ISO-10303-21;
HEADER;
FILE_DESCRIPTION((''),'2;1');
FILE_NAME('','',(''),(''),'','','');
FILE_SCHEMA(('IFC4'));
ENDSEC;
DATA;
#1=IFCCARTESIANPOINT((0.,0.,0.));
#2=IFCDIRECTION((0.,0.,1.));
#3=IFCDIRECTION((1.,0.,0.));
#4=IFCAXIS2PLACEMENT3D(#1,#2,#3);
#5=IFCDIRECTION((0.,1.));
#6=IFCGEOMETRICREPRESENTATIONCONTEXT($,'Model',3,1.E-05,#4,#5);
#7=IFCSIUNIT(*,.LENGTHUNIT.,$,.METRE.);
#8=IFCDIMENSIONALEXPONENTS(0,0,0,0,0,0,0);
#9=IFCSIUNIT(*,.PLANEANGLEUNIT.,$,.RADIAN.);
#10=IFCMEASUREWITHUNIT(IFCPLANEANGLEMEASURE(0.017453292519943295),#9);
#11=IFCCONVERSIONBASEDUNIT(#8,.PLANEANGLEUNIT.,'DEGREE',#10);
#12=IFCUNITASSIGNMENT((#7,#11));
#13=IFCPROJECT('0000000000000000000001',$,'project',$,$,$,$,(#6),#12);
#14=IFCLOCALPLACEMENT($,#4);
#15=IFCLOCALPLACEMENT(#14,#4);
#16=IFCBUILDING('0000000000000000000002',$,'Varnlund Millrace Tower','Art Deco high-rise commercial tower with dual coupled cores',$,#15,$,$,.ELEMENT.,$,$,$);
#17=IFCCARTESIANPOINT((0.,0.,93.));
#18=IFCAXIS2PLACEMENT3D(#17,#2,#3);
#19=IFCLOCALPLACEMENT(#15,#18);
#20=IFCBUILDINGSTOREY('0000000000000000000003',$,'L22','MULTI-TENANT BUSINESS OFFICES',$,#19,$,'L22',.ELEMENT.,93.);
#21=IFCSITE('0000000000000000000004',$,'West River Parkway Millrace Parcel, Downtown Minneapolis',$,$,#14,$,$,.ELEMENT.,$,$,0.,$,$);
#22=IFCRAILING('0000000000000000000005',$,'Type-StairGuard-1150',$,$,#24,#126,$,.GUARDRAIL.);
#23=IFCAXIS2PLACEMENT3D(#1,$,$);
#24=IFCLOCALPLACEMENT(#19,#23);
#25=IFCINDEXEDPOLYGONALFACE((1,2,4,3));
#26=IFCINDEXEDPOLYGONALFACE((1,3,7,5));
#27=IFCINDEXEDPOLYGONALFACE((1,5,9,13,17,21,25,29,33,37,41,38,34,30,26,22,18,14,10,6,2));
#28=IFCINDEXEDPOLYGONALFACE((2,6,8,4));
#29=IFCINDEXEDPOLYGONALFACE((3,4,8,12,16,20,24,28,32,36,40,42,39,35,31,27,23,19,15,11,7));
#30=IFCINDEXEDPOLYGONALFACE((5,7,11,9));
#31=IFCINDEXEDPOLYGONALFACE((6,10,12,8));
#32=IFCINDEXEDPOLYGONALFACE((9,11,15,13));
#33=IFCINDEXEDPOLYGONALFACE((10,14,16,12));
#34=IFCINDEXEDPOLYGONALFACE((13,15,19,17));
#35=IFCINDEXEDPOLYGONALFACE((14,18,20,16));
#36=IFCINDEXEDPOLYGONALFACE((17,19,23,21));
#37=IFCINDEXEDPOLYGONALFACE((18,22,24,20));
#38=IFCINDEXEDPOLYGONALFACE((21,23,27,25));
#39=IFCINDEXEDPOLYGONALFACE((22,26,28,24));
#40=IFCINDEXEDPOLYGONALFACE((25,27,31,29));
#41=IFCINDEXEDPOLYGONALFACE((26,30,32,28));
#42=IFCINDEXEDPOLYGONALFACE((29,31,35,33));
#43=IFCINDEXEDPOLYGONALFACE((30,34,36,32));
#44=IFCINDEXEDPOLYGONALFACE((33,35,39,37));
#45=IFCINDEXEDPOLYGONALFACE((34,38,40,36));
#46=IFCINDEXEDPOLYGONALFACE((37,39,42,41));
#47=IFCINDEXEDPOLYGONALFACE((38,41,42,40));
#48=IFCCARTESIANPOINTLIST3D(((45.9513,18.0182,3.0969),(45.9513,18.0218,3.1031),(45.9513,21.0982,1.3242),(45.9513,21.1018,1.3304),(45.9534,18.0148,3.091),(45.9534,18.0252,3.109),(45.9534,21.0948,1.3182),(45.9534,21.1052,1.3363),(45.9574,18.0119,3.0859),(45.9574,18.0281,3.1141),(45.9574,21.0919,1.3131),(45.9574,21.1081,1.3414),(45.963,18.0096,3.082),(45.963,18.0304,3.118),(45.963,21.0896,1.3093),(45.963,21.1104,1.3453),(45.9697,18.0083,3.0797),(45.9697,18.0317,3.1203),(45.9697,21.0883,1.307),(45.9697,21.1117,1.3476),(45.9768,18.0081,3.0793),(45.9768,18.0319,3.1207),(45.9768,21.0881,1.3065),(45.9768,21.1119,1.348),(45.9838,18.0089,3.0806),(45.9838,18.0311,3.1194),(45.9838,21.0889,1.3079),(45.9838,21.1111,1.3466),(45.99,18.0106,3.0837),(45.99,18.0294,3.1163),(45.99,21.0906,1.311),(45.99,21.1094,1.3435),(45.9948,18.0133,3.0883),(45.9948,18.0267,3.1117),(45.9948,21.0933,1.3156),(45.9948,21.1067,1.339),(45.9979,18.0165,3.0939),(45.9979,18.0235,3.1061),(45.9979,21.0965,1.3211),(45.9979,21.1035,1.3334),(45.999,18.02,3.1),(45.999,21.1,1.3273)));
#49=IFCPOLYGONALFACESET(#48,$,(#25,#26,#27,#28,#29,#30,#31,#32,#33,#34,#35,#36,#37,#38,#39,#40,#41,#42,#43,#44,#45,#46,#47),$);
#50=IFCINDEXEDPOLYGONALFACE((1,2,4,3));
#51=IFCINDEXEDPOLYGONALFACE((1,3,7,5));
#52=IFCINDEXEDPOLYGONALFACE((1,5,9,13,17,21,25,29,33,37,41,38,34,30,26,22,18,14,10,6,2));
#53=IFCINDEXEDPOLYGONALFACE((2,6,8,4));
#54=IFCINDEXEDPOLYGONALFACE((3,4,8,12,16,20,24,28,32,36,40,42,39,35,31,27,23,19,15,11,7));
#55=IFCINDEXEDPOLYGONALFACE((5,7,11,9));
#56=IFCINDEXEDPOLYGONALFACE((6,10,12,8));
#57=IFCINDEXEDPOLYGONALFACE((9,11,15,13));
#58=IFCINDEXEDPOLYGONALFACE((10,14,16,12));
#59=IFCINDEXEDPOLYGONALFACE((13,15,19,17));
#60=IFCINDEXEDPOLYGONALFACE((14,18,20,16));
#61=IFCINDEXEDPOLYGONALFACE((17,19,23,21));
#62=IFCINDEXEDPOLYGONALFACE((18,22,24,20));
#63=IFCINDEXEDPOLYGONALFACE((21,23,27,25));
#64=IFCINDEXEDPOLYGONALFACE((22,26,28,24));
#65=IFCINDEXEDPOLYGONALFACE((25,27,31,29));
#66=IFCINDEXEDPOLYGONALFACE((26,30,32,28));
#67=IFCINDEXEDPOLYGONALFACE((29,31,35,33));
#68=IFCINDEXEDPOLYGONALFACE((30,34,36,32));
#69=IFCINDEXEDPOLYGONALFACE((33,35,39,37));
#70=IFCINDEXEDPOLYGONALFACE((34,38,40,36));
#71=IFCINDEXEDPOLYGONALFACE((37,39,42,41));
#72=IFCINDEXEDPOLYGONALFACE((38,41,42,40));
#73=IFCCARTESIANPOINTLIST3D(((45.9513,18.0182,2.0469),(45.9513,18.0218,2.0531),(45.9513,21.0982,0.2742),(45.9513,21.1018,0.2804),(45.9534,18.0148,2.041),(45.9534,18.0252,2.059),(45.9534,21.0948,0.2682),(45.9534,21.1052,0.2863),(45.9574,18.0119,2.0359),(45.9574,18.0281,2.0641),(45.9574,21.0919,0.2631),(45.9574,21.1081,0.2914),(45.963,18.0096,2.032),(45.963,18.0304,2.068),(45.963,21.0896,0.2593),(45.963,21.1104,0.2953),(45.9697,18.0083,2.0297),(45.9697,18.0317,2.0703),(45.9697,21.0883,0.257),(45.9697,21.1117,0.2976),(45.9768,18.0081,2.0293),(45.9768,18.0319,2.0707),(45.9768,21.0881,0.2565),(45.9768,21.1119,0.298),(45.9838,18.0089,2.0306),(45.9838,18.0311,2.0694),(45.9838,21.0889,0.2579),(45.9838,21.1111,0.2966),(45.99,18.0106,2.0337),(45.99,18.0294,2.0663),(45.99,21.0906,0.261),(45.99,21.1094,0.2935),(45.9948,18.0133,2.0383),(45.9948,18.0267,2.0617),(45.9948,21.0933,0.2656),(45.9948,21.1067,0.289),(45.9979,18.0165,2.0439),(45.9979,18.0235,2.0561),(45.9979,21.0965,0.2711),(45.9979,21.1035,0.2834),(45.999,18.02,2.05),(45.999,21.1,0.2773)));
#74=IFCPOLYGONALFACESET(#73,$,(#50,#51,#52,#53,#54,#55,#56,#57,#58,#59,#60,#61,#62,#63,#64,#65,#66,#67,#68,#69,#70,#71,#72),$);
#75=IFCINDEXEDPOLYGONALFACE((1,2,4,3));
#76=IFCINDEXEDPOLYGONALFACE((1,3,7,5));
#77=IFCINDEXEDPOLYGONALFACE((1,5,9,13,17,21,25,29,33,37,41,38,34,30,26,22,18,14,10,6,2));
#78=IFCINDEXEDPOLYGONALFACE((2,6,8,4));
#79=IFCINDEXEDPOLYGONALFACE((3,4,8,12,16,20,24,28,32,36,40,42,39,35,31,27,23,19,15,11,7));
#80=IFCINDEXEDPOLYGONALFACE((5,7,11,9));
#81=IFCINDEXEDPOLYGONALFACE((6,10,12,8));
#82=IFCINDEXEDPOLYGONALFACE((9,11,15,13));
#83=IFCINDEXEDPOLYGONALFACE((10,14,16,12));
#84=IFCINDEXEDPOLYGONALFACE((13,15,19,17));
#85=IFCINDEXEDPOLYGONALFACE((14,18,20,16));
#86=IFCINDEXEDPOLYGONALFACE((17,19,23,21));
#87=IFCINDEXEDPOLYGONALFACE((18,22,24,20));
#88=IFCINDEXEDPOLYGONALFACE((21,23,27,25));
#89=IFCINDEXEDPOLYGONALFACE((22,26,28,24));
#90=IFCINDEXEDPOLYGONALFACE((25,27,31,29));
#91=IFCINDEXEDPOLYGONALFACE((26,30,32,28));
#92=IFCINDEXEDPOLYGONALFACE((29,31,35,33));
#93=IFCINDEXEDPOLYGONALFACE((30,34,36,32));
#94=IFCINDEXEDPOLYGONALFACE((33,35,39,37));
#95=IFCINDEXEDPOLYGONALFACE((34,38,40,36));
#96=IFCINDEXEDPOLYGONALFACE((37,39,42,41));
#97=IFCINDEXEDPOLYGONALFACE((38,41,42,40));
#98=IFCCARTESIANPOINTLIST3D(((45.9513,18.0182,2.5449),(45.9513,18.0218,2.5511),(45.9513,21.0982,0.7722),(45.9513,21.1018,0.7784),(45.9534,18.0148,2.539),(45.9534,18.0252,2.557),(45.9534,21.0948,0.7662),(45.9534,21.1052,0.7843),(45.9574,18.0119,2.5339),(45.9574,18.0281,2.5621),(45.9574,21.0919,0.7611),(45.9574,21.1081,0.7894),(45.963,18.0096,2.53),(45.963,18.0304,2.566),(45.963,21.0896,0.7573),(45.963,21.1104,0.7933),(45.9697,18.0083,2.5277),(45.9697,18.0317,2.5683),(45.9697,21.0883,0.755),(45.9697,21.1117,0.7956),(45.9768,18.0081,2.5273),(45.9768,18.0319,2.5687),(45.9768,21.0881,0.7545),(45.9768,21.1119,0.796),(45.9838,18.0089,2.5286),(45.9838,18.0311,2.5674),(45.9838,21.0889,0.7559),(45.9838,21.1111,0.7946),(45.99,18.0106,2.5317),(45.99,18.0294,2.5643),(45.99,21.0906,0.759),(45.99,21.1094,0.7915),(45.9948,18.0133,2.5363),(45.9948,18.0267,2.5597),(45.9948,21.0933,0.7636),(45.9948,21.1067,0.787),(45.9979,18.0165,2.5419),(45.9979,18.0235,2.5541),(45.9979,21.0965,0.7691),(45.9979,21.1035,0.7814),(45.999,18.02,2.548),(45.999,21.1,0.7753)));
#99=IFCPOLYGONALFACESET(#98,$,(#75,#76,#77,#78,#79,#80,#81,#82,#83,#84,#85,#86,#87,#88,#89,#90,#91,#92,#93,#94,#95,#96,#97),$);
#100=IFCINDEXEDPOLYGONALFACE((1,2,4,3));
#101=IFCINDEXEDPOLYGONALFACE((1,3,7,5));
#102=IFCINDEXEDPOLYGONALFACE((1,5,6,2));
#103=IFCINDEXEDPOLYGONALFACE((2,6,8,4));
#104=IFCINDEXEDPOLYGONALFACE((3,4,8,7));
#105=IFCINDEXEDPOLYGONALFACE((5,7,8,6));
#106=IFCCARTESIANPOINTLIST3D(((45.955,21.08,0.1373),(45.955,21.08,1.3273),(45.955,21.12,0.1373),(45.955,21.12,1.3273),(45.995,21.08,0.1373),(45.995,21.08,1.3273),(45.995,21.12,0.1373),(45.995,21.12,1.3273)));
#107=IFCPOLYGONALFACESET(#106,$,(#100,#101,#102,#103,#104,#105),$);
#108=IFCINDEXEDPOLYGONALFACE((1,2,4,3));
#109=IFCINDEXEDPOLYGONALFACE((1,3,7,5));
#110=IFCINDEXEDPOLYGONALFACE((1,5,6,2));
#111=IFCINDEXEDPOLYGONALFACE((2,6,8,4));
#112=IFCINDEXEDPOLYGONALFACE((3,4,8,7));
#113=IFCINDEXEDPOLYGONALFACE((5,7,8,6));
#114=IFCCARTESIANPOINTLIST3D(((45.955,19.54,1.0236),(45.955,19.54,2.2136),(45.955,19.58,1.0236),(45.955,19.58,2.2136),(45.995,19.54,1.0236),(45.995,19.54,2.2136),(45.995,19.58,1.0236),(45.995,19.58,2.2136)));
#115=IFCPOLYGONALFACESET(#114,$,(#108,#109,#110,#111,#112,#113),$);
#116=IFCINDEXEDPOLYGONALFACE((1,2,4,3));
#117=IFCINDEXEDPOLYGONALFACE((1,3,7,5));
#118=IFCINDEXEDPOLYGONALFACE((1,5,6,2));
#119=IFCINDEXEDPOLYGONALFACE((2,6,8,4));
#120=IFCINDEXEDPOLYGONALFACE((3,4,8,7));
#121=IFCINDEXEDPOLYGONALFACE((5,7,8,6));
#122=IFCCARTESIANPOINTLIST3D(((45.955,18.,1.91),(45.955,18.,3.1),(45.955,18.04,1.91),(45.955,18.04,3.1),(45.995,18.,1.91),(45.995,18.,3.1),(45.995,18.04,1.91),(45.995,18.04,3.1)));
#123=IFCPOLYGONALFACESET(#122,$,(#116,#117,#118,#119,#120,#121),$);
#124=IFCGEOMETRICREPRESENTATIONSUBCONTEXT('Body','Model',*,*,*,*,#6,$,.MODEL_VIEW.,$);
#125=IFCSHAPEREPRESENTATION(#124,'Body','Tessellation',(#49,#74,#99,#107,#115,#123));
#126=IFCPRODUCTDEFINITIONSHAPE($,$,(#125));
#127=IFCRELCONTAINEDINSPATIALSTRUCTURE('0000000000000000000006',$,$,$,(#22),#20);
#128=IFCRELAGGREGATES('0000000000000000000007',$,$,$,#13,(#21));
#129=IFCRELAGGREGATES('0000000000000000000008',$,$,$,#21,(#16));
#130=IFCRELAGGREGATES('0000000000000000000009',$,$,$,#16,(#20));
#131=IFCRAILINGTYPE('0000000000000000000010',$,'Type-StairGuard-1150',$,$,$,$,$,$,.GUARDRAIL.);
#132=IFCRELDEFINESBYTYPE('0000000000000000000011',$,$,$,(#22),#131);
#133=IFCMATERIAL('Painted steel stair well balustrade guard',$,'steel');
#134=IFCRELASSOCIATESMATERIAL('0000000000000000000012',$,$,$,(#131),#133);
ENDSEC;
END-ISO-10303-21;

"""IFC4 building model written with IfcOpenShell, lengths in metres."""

from ifc_helpers import new_model, entity, si_unit, converted_unit, direction, frame, origin_with_axes, origin_2d_with_axis, place, context, subcontext, project, spatial, rectangle, circle, extrude, material, type_object, element, save


model = new_model("IFC4")

# Units and contexts
model_context = context("Model", 3, precision=1e-05, world=origin_with_axes(), true_north=direction((0.0, 1.0)))
body_context = subcontext(model_context, "Body", "Model", "MODEL_VIEW")
ifc_project = project(units=[si_unit("LENGTHUNIT", "METRE"), converted_unit("PLANEANGLEUNIT", "DEGREE", entity("IfcPlaneAngleMeasure", 0.017453292519943295), si_unit("PLANEANGLEUNIT", "RADIAN"), dimensions=[0, 0, 0, 0, 0, 0, 0])], contexts=[model_context])

# Site, building, storey
site_placement = place(None, origin_with_axes())
site = spatial("IfcSite", under=ifc_project, at=site_placement, Name="West River Parkway Millrace Parcel, Downtown Minneapolis", CompositionType="ELEMENT", RefElevation=0.0)
building_placement = place(site_placement, origin_with_axes())
building = spatial("IfcBuilding", under=site, at=building_placement, Name="Varnlund Millrace Tower", Description="Art Deco high-rise commercial tower with dual coupled cores", CompositionType="ELEMENT")
storey_placement = place(building_placement, frame((0.0, 0.0, 93.0), z_axis=(0.0, 0.0, 1.0), x_axis=(1.0, 0.0, 0.0)))
storey = spatial("IfcBuildingStorey", under=building, at=storey_placement, Name="L22", Description="MULTI-TENANT BUSINESS OFFICES", LongName="L22", CompositionType="ELEMENT", Elevation=93.0)

# Railing
ifc_material_1 = material(Name="Painted steel stair well balustrade guard", Category="steel")
railing_type_1 = type_object("IfcRailingType", Name="Type-StairGuard-1150", PredefinedType="GUARDRAIL", material=ifc_material_1)
railing_1_placement = place(storey_placement, frame((0.0, 0.0, -93.0), z_axis=(0.0, 0.0, 1.0), x_axis=(1.0, 0.0, 0.0)))
element("IfcRailing", 1, at=railing_1_placement, inside=storey, type_object=railing_type_1, Name="Type-StairGuard-1150", PredefinedType="GUARDRAIL", context=body_context, shape_type="SweptSolid", body=[
    extrude(circle(Radius=0.024, at=origin_2d_with_axis()), frame((45.975, 21.1, 94.3273), z_axis=(0.0, -0.866696, 0.498836), x_axis=(1.0, 0.0, 0.0)), (0.0, 0.0, 1.0), 3.5537),
    extrude(circle(Radius=0.024, at=origin_2d_with_axis()), frame((45.975, 21.1, 93.2773), z_axis=(0.0, -0.866696, 0.498836), x_axis=(1.0, 0.0, 0.0)), (0.0, 0.0, 1.0), 3.5537),
    extrude(circle(Radius=0.024, at=origin_2d_with_axis()), frame((45.975, 21.1, 93.7753), z_axis=(0.0, -0.866696, 0.498836), x_axis=(1.0, 0.0, 0.0)), (0.0, 0.0, 1.0), 3.5537),
    extrude(rectangle(XDim=0.04, YDim=0.04, at=origin_2d_with_axis()), frame((45.975, 21.1, 93.1373), z_axis=(0.0, 0.0, 1.0), x_axis=(1.0, 0.0, 0.0)), (0.0, 0.0, 1.0), 1.19),
    extrude(rectangle(XDim=0.04, YDim=0.04, at=origin_2d_with_axis()), frame((45.975, 19.56, 94.0236), z_axis=(0.0, 0.0, 1.0), x_axis=(1.0, 0.0, 0.0)), (0.0, 0.0, 1.0), 1.19),
    extrude(rectangle(XDim=0.04, YDim=0.04, at=origin_2d_with_axis()), frame((45.975, 18.02, 94.91), z_axis=(0.0, 0.0, 1.0), x_axis=(1.0, 0.0, 0.0)), (0.0, 0.0, 1.0), 1.19),
])

save(model, "model.ifc")
